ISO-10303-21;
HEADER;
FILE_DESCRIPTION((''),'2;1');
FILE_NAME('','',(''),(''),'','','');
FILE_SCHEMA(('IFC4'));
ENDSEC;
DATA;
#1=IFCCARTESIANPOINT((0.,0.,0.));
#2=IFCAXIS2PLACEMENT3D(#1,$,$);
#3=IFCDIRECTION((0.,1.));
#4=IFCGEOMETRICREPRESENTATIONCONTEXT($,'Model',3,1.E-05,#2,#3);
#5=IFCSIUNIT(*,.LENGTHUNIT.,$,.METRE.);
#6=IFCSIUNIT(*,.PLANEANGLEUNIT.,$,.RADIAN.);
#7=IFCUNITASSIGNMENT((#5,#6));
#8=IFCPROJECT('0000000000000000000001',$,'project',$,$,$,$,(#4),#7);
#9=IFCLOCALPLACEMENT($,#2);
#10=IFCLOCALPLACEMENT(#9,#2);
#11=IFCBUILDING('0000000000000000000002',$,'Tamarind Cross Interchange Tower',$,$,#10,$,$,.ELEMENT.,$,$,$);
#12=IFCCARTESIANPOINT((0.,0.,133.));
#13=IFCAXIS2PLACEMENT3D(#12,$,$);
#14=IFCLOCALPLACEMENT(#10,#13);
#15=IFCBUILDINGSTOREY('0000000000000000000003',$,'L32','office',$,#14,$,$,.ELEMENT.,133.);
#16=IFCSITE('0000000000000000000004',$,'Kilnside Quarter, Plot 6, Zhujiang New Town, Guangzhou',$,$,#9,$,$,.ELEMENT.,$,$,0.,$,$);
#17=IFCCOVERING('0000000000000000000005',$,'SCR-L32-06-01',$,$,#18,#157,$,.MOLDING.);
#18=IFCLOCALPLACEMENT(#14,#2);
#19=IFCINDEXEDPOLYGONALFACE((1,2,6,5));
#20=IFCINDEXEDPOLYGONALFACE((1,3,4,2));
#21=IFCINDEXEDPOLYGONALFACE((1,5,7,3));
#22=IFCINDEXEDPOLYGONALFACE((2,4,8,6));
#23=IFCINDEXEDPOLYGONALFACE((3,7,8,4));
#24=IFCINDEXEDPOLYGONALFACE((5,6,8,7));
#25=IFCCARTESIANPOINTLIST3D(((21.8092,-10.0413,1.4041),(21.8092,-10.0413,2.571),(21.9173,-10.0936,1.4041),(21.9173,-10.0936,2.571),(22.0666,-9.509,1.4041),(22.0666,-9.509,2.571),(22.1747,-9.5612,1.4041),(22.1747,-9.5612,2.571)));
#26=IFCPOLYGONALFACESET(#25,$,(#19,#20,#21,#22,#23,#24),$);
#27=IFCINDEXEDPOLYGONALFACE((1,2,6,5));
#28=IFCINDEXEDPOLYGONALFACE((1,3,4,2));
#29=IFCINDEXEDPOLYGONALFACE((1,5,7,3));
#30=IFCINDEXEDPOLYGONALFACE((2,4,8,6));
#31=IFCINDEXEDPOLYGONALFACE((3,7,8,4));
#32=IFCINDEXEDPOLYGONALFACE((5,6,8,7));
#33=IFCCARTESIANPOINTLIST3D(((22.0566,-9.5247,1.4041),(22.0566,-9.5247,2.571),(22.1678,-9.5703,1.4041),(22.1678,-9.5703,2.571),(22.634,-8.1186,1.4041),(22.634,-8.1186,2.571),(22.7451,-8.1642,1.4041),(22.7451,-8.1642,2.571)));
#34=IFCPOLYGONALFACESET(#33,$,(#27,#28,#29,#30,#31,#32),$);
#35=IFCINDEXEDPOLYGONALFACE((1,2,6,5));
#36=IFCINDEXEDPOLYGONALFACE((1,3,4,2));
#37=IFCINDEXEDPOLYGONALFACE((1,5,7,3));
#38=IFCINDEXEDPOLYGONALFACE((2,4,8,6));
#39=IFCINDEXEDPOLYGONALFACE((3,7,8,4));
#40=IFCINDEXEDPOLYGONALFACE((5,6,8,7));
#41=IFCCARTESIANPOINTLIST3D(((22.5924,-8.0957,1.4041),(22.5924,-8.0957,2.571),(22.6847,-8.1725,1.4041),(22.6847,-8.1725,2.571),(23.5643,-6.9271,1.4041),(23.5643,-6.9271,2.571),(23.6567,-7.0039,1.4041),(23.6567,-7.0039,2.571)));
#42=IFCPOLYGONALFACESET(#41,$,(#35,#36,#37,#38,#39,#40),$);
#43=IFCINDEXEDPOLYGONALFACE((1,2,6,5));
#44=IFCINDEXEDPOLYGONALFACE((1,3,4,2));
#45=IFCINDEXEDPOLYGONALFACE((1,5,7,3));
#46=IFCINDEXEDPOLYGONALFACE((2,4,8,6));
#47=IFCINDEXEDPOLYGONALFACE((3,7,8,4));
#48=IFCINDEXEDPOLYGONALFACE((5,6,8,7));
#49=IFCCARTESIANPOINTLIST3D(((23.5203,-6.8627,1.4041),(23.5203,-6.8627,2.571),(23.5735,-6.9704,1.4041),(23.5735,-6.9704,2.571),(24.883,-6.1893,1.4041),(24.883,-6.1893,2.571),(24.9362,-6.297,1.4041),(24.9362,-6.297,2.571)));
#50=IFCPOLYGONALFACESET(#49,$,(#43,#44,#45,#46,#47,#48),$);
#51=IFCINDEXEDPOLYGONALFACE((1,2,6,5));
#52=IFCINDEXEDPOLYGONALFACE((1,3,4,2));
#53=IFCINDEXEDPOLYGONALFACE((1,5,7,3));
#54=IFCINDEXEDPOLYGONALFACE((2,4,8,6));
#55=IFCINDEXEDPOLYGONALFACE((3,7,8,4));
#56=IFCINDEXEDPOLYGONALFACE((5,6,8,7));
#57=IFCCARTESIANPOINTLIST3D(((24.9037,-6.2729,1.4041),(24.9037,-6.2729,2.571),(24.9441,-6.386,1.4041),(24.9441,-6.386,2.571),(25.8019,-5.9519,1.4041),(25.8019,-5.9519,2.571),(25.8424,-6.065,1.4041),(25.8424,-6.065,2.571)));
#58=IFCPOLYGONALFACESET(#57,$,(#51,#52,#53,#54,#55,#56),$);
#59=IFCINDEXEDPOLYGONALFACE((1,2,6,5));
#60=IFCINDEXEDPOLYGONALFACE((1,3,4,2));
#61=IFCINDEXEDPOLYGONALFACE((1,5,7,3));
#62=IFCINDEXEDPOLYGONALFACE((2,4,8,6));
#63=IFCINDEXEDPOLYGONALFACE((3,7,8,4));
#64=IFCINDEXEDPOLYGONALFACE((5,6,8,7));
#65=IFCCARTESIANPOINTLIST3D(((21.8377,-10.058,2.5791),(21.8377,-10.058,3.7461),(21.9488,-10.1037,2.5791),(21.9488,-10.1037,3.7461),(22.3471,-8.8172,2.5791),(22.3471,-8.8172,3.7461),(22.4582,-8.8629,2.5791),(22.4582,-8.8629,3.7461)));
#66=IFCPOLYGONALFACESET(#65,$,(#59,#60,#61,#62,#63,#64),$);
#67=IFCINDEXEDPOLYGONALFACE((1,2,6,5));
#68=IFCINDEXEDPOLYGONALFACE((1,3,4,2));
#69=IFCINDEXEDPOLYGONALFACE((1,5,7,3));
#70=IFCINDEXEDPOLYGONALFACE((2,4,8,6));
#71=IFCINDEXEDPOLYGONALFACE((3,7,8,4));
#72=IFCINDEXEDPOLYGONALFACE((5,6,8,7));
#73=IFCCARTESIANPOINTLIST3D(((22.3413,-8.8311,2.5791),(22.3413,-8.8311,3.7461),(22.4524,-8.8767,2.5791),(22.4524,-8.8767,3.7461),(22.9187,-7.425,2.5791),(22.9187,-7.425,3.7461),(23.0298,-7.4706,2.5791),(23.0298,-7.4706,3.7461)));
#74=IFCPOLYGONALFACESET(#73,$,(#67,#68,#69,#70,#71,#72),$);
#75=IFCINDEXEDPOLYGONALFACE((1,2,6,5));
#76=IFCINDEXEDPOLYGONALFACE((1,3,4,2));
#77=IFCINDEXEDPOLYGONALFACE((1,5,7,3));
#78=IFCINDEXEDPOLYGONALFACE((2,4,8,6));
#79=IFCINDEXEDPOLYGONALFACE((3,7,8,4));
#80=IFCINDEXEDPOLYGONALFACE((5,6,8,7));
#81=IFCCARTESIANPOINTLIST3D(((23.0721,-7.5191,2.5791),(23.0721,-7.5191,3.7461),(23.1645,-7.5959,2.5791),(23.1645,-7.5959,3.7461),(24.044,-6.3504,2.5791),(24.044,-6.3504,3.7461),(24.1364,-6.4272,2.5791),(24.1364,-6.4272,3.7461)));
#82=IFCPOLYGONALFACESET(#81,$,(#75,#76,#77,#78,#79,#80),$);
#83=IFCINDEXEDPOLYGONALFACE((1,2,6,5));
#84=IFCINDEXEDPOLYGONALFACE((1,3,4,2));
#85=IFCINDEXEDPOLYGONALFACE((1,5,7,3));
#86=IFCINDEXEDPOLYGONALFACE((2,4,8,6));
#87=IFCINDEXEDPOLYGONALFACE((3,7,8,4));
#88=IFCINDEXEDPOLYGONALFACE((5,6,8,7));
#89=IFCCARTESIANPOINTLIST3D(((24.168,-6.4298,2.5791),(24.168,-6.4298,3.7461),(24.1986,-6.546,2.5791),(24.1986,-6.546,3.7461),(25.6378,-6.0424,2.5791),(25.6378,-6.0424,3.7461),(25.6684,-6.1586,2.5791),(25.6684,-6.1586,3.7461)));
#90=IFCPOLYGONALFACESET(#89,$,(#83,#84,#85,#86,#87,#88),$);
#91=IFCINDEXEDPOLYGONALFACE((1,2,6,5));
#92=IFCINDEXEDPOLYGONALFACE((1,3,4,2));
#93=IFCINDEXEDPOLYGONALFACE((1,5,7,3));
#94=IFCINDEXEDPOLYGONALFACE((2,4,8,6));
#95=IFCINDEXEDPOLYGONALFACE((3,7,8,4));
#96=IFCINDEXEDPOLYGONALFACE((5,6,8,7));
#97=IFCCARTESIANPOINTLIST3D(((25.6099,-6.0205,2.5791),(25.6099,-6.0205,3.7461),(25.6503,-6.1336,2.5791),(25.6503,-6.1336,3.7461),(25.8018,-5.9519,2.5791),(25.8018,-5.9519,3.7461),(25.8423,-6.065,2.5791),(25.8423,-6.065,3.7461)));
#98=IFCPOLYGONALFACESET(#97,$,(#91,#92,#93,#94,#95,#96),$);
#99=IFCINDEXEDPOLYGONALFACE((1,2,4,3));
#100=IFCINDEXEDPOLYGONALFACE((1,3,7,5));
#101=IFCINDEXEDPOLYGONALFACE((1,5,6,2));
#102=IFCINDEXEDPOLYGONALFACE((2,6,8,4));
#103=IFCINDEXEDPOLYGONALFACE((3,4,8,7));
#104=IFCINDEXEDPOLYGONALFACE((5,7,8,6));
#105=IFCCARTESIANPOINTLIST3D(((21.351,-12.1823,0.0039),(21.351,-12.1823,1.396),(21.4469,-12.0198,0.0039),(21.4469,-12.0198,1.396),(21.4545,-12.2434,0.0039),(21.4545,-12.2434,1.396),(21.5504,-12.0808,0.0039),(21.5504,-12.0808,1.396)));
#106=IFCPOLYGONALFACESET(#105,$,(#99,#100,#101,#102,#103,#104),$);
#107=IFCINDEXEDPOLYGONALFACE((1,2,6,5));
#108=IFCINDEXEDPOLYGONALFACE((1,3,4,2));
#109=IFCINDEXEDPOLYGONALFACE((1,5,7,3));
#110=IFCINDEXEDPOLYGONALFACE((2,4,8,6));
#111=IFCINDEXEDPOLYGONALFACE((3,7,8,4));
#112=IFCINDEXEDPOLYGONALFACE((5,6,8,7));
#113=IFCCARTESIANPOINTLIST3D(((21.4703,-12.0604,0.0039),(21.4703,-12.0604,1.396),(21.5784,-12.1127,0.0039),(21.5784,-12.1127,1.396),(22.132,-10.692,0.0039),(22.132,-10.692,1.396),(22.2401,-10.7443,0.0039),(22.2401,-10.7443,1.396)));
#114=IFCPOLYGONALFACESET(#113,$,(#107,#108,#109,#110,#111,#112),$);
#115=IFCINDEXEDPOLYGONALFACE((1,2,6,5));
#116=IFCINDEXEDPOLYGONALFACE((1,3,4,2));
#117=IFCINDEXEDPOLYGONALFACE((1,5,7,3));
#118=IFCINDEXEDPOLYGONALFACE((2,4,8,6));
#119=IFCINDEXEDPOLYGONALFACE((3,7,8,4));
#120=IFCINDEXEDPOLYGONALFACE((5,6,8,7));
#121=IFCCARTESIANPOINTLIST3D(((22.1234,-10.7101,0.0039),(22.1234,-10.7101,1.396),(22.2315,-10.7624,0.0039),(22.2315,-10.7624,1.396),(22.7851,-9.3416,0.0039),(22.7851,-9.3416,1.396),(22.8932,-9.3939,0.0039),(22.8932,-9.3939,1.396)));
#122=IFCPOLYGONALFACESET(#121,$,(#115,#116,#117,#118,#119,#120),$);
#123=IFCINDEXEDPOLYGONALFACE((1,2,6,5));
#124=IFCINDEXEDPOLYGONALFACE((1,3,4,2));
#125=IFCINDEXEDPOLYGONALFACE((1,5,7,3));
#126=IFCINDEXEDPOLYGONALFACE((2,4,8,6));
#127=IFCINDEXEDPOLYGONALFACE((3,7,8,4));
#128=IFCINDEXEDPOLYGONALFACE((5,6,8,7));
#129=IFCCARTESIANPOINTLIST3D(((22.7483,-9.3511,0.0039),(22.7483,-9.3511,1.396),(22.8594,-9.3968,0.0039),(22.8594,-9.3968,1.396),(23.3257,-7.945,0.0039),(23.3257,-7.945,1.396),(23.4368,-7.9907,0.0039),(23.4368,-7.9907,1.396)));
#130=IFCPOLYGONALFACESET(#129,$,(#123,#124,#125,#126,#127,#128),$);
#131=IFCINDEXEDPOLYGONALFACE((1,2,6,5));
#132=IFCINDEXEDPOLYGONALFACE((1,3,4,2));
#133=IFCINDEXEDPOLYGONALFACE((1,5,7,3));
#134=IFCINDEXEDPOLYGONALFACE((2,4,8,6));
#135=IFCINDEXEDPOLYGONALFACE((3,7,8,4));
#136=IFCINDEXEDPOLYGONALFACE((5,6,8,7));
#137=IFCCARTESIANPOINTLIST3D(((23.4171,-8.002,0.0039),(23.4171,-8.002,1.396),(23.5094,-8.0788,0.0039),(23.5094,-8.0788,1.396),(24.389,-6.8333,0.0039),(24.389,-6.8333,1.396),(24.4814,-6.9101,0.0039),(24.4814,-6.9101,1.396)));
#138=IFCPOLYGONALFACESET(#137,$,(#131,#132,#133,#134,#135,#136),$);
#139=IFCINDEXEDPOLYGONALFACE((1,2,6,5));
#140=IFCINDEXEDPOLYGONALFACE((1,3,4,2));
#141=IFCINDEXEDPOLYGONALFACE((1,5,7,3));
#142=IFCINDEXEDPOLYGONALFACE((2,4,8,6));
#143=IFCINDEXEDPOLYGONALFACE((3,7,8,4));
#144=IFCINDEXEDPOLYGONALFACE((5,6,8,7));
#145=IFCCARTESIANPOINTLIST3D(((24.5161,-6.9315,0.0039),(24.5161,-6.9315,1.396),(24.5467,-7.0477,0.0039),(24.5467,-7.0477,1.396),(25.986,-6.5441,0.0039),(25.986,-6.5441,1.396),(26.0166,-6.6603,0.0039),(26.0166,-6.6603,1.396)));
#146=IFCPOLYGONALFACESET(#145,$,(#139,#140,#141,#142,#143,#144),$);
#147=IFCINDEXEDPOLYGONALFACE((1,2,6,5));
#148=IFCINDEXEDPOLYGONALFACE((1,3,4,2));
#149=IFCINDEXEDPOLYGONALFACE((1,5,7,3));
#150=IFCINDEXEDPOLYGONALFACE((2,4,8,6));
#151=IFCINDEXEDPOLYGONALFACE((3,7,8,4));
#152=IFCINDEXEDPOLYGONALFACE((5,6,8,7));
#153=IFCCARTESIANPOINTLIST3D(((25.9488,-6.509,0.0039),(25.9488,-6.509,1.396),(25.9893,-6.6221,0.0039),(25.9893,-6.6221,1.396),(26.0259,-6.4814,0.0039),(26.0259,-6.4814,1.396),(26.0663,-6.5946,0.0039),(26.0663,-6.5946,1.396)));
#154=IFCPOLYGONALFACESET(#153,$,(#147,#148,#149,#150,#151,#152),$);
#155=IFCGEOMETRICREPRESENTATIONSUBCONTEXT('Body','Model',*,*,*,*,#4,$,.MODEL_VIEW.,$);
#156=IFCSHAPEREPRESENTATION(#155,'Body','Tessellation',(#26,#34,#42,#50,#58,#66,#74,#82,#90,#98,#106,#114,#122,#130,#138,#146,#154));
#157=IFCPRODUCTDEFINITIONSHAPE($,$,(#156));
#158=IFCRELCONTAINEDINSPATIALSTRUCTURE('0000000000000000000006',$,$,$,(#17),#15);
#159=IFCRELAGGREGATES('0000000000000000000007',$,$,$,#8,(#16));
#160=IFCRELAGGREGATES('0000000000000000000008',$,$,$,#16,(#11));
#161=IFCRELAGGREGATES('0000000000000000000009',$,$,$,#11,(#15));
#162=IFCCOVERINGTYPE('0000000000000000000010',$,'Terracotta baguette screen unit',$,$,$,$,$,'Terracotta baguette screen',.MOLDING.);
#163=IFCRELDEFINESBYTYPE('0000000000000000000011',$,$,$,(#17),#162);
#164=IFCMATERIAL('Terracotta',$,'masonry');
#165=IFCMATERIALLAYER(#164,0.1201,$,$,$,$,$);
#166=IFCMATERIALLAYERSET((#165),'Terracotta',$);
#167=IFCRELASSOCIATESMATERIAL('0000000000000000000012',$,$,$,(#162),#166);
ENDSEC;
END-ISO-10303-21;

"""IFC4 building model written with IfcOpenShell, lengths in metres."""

from ifc_helpers import new_model, si_unit, direction, frame, origin, origin_2d, place, context, subcontext, project, spatial, rectangle, extrude, material, layer, layer_set, type_object, element, save


model = new_model("IFC4")

# Units and contexts
model_context = context("Model", 3, precision=1e-05, world=origin(), true_north=direction((0.0, 1.0)))
body_context = subcontext(model_context, "Body", "Model", "MODEL_VIEW")
ifc_project = project(units=[si_unit("LENGTHUNIT", "METRE"), si_unit("PLANEANGLEUNIT", "RADIAN")], contexts=[model_context])

# Site, building, storey
site_placement = place(None, origin())
site = spatial("IfcSite", under=ifc_project, at=site_placement, Name="Kilnside Quarter, Plot 6, Zhujiang New Town, Guangzhou", CompositionType="ELEMENT", RefElevation=0.0)
building_placement = place(site_placement, origin())
building = spatial("IfcBuilding", under=site, at=building_placement, Name="Tamarind Cross Interchange Tower", CompositionType="ELEMENT")
storey_placement = place(building_placement, frame((0.0, 0.0, 133.0)))
storey = spatial("IfcBuildingStorey", under=building, at=storey_placement, Name="L32", Description="office", CompositionType="ELEMENT", Elevation=133.0)

# Covering
ifc_material_1 = material(Name="Terracotta", Category="masonry")
ifc_layer_1 = layer(ifc_material_1, 0.1201)
ifc_layer_set_1 = layer_set([ifc_layer_1], Name="Terracotta")
covering_type = type_object("IfcCoveringType", Name="Terracotta baguette screen unit", ElementType="Terracotta baguette screen", PredefinedType="MOLDING", material=ifc_layer_set_1)
covering_1_placement = place(storey_placement, origin())
element("IfcCovering", 1, at=covering_1_placement, inside=storey, type_object=covering_type, Name="SCR-L32-06-01", PredefinedType="MOLDING", context=body_context, shape_type="SweptSolid", body=[
    extrude(rectangle(XDim=0.5913, YDim=0.1201, at=origin_2d()), frame((21.9919, -9.8013, 1.4041), z_axis=(0.0, 0.0, 1.0), x_axis=(0.435326, 0.900273, 0.0)), (0.0, 0.0, 1.0), 1.167),
    extrude(rectangle(XDim=1.52, YDim=0.1201, at=origin_2d()), frame((22.4009, -8.8445, 1.4041), z_axis=(0.0, 0.0, 1.0), x_axis=(0.379837, 0.925053, 0.0)), (0.0, 0.0, 1.0), 1.167),
    extrude(rectangle(XDim=1.52, YDim=0.1201, at=origin_2d()), frame((23.1245, -7.5498, 1.4041), z_axis=(0.0, 0.0, 1.0), x_axis=(0.639426, 0.768853, 0.0)), (0.0, 0.0, 1.0), 1.167),
    extrude(rectangle(XDim=1.52, YDim=0.1201, at=origin_2d()), frame((24.2283, -6.5798, 1.4041), z_axis=(0.0, 0.0, 1.0), x_axis=(0.896528, 0.442988, 0.0)), (0.0, 0.0, 1.0), 1.167),
    extrude(rectangle(XDim=0.9539, YDim=0.1201, at=origin_2d()), frame((25.373, -6.1689, 1.4041), z_axis=(0.0, 0.0, 1.0), x_axis=(0.941677, 0.336517, 0.0)), (0.0, 0.0, 1.0), 1.167),
    extrude(rectangle(XDim=1.3413, YDim=0.1201, at=origin_2d()), frame((22.1479, -9.4604, 2.5791), z_axis=(0.0, 0.0, 1.0), x_axis=(0.379837, 0.925053, 0.0)), (0.0, 0.0, 1.0), 1.167),
    extrude(rectangle(XDim=1.52, YDim=0.1201, at=origin_2d()), frame((22.6855, -8.1509, 2.5791), z_axis=(0.0, 0.0, 1.0), x_axis=(0.379837, 0.925053, 0.0)), (0.0, 0.0, 1.0), 1.167),
    extrude(rectangle(XDim=1.52, YDim=0.1201, at=origin_2d()), frame((23.6042, -6.9731, 2.5791), z_axis=(0.0, 0.0, 1.0), x_axis=(0.639426, 0.768853, 0.0)), (0.0, 0.0, 1.0), 1.167),
    extrude(rectangle(XDim=1.52, YDim=0.1201, at=origin_2d()), frame((24.9182, -6.2942, 2.5791), z_axis=(0.0, 0.0, 1.0), x_axis=(0.966981, 0.254848, 0.0)), (0.0, 0.0, 1.0), 1.167),
    extrude(rectangle(XDim=0.2039, YDim=0.1201, at=origin_2d()), frame((25.7261, -6.0427, 2.5791), z_axis=(0.0, 0.0, 1.0), x_axis=(0.941677, 0.336517, 0.0)), (0.0, 0.0, 1.0), 1.167),
    extrude(rectangle(XDim=0.1887, YDim=0.1201, at=origin_2d()), frame((21.4507, -12.1316, 0.0039), z_axis=(0.0, 0.0, 1.0), x_axis=(0.508183, 0.861249, 0.0)), (0.0, 0.0, 1.0), 1.3921),
    extrude(rectangle(XDim=1.52, YDim=0.1201, at=origin_2d()), frame((21.8552, -11.4023, 0.0039), z_axis=(0.0, 0.0, 1.0), x_axis=(0.435326, 0.900273, 0.0)), (0.0, 0.0, 1.0), 1.3921),
    extrude(rectangle(XDim=1.52, YDim=0.1201, at=origin_2d()), frame((22.5083, -10.052, 0.0039), z_axis=(0.0, 0.0, 1.0), x_axis=(0.435326, 0.900273, 0.0)), (0.0, 0.0, 1.0), 1.3921),
    extrude(rectangle(XDim=1.52, YDim=0.1201, at=origin_2d()), frame((23.0925, -8.6709, 0.0039), z_axis=(0.0, 0.0, 1.0), x_axis=(0.379837, 0.925053, 0.0)), (0.0, 0.0, 1.0), 1.3921),
    extrude(rectangle(XDim=1.52, YDim=0.1201, at=origin_2d()), frame((23.9492, -7.4561, 0.0039), z_axis=(0.0, 0.0, 1.0), x_axis=(0.639426, 0.768853, 0.0)), (0.0, 0.0, 1.0), 1.3921),
    extrude(rectangle(XDim=1.52, YDim=0.1201, at=origin_2d()), frame((25.2664, -6.7959, 0.0039), z_axis=(0.0, 0.0, 1.0), x_axis=(0.966981, 0.254848, 0.0)), (0.0, 0.0, 1.0), 1.3921),
    extrude(rectangle(XDim=0.0818, YDim=0.1201, at=origin_2d()), frame((26.0076, -6.5518, 0.0039), z_axis=(0.0, 0.0, 1.0), x_axis=(0.941677, 0.336517, 0.0)), (0.0, 0.0, 1.0), 1.3921),
])

save(model, "model.ifc")
